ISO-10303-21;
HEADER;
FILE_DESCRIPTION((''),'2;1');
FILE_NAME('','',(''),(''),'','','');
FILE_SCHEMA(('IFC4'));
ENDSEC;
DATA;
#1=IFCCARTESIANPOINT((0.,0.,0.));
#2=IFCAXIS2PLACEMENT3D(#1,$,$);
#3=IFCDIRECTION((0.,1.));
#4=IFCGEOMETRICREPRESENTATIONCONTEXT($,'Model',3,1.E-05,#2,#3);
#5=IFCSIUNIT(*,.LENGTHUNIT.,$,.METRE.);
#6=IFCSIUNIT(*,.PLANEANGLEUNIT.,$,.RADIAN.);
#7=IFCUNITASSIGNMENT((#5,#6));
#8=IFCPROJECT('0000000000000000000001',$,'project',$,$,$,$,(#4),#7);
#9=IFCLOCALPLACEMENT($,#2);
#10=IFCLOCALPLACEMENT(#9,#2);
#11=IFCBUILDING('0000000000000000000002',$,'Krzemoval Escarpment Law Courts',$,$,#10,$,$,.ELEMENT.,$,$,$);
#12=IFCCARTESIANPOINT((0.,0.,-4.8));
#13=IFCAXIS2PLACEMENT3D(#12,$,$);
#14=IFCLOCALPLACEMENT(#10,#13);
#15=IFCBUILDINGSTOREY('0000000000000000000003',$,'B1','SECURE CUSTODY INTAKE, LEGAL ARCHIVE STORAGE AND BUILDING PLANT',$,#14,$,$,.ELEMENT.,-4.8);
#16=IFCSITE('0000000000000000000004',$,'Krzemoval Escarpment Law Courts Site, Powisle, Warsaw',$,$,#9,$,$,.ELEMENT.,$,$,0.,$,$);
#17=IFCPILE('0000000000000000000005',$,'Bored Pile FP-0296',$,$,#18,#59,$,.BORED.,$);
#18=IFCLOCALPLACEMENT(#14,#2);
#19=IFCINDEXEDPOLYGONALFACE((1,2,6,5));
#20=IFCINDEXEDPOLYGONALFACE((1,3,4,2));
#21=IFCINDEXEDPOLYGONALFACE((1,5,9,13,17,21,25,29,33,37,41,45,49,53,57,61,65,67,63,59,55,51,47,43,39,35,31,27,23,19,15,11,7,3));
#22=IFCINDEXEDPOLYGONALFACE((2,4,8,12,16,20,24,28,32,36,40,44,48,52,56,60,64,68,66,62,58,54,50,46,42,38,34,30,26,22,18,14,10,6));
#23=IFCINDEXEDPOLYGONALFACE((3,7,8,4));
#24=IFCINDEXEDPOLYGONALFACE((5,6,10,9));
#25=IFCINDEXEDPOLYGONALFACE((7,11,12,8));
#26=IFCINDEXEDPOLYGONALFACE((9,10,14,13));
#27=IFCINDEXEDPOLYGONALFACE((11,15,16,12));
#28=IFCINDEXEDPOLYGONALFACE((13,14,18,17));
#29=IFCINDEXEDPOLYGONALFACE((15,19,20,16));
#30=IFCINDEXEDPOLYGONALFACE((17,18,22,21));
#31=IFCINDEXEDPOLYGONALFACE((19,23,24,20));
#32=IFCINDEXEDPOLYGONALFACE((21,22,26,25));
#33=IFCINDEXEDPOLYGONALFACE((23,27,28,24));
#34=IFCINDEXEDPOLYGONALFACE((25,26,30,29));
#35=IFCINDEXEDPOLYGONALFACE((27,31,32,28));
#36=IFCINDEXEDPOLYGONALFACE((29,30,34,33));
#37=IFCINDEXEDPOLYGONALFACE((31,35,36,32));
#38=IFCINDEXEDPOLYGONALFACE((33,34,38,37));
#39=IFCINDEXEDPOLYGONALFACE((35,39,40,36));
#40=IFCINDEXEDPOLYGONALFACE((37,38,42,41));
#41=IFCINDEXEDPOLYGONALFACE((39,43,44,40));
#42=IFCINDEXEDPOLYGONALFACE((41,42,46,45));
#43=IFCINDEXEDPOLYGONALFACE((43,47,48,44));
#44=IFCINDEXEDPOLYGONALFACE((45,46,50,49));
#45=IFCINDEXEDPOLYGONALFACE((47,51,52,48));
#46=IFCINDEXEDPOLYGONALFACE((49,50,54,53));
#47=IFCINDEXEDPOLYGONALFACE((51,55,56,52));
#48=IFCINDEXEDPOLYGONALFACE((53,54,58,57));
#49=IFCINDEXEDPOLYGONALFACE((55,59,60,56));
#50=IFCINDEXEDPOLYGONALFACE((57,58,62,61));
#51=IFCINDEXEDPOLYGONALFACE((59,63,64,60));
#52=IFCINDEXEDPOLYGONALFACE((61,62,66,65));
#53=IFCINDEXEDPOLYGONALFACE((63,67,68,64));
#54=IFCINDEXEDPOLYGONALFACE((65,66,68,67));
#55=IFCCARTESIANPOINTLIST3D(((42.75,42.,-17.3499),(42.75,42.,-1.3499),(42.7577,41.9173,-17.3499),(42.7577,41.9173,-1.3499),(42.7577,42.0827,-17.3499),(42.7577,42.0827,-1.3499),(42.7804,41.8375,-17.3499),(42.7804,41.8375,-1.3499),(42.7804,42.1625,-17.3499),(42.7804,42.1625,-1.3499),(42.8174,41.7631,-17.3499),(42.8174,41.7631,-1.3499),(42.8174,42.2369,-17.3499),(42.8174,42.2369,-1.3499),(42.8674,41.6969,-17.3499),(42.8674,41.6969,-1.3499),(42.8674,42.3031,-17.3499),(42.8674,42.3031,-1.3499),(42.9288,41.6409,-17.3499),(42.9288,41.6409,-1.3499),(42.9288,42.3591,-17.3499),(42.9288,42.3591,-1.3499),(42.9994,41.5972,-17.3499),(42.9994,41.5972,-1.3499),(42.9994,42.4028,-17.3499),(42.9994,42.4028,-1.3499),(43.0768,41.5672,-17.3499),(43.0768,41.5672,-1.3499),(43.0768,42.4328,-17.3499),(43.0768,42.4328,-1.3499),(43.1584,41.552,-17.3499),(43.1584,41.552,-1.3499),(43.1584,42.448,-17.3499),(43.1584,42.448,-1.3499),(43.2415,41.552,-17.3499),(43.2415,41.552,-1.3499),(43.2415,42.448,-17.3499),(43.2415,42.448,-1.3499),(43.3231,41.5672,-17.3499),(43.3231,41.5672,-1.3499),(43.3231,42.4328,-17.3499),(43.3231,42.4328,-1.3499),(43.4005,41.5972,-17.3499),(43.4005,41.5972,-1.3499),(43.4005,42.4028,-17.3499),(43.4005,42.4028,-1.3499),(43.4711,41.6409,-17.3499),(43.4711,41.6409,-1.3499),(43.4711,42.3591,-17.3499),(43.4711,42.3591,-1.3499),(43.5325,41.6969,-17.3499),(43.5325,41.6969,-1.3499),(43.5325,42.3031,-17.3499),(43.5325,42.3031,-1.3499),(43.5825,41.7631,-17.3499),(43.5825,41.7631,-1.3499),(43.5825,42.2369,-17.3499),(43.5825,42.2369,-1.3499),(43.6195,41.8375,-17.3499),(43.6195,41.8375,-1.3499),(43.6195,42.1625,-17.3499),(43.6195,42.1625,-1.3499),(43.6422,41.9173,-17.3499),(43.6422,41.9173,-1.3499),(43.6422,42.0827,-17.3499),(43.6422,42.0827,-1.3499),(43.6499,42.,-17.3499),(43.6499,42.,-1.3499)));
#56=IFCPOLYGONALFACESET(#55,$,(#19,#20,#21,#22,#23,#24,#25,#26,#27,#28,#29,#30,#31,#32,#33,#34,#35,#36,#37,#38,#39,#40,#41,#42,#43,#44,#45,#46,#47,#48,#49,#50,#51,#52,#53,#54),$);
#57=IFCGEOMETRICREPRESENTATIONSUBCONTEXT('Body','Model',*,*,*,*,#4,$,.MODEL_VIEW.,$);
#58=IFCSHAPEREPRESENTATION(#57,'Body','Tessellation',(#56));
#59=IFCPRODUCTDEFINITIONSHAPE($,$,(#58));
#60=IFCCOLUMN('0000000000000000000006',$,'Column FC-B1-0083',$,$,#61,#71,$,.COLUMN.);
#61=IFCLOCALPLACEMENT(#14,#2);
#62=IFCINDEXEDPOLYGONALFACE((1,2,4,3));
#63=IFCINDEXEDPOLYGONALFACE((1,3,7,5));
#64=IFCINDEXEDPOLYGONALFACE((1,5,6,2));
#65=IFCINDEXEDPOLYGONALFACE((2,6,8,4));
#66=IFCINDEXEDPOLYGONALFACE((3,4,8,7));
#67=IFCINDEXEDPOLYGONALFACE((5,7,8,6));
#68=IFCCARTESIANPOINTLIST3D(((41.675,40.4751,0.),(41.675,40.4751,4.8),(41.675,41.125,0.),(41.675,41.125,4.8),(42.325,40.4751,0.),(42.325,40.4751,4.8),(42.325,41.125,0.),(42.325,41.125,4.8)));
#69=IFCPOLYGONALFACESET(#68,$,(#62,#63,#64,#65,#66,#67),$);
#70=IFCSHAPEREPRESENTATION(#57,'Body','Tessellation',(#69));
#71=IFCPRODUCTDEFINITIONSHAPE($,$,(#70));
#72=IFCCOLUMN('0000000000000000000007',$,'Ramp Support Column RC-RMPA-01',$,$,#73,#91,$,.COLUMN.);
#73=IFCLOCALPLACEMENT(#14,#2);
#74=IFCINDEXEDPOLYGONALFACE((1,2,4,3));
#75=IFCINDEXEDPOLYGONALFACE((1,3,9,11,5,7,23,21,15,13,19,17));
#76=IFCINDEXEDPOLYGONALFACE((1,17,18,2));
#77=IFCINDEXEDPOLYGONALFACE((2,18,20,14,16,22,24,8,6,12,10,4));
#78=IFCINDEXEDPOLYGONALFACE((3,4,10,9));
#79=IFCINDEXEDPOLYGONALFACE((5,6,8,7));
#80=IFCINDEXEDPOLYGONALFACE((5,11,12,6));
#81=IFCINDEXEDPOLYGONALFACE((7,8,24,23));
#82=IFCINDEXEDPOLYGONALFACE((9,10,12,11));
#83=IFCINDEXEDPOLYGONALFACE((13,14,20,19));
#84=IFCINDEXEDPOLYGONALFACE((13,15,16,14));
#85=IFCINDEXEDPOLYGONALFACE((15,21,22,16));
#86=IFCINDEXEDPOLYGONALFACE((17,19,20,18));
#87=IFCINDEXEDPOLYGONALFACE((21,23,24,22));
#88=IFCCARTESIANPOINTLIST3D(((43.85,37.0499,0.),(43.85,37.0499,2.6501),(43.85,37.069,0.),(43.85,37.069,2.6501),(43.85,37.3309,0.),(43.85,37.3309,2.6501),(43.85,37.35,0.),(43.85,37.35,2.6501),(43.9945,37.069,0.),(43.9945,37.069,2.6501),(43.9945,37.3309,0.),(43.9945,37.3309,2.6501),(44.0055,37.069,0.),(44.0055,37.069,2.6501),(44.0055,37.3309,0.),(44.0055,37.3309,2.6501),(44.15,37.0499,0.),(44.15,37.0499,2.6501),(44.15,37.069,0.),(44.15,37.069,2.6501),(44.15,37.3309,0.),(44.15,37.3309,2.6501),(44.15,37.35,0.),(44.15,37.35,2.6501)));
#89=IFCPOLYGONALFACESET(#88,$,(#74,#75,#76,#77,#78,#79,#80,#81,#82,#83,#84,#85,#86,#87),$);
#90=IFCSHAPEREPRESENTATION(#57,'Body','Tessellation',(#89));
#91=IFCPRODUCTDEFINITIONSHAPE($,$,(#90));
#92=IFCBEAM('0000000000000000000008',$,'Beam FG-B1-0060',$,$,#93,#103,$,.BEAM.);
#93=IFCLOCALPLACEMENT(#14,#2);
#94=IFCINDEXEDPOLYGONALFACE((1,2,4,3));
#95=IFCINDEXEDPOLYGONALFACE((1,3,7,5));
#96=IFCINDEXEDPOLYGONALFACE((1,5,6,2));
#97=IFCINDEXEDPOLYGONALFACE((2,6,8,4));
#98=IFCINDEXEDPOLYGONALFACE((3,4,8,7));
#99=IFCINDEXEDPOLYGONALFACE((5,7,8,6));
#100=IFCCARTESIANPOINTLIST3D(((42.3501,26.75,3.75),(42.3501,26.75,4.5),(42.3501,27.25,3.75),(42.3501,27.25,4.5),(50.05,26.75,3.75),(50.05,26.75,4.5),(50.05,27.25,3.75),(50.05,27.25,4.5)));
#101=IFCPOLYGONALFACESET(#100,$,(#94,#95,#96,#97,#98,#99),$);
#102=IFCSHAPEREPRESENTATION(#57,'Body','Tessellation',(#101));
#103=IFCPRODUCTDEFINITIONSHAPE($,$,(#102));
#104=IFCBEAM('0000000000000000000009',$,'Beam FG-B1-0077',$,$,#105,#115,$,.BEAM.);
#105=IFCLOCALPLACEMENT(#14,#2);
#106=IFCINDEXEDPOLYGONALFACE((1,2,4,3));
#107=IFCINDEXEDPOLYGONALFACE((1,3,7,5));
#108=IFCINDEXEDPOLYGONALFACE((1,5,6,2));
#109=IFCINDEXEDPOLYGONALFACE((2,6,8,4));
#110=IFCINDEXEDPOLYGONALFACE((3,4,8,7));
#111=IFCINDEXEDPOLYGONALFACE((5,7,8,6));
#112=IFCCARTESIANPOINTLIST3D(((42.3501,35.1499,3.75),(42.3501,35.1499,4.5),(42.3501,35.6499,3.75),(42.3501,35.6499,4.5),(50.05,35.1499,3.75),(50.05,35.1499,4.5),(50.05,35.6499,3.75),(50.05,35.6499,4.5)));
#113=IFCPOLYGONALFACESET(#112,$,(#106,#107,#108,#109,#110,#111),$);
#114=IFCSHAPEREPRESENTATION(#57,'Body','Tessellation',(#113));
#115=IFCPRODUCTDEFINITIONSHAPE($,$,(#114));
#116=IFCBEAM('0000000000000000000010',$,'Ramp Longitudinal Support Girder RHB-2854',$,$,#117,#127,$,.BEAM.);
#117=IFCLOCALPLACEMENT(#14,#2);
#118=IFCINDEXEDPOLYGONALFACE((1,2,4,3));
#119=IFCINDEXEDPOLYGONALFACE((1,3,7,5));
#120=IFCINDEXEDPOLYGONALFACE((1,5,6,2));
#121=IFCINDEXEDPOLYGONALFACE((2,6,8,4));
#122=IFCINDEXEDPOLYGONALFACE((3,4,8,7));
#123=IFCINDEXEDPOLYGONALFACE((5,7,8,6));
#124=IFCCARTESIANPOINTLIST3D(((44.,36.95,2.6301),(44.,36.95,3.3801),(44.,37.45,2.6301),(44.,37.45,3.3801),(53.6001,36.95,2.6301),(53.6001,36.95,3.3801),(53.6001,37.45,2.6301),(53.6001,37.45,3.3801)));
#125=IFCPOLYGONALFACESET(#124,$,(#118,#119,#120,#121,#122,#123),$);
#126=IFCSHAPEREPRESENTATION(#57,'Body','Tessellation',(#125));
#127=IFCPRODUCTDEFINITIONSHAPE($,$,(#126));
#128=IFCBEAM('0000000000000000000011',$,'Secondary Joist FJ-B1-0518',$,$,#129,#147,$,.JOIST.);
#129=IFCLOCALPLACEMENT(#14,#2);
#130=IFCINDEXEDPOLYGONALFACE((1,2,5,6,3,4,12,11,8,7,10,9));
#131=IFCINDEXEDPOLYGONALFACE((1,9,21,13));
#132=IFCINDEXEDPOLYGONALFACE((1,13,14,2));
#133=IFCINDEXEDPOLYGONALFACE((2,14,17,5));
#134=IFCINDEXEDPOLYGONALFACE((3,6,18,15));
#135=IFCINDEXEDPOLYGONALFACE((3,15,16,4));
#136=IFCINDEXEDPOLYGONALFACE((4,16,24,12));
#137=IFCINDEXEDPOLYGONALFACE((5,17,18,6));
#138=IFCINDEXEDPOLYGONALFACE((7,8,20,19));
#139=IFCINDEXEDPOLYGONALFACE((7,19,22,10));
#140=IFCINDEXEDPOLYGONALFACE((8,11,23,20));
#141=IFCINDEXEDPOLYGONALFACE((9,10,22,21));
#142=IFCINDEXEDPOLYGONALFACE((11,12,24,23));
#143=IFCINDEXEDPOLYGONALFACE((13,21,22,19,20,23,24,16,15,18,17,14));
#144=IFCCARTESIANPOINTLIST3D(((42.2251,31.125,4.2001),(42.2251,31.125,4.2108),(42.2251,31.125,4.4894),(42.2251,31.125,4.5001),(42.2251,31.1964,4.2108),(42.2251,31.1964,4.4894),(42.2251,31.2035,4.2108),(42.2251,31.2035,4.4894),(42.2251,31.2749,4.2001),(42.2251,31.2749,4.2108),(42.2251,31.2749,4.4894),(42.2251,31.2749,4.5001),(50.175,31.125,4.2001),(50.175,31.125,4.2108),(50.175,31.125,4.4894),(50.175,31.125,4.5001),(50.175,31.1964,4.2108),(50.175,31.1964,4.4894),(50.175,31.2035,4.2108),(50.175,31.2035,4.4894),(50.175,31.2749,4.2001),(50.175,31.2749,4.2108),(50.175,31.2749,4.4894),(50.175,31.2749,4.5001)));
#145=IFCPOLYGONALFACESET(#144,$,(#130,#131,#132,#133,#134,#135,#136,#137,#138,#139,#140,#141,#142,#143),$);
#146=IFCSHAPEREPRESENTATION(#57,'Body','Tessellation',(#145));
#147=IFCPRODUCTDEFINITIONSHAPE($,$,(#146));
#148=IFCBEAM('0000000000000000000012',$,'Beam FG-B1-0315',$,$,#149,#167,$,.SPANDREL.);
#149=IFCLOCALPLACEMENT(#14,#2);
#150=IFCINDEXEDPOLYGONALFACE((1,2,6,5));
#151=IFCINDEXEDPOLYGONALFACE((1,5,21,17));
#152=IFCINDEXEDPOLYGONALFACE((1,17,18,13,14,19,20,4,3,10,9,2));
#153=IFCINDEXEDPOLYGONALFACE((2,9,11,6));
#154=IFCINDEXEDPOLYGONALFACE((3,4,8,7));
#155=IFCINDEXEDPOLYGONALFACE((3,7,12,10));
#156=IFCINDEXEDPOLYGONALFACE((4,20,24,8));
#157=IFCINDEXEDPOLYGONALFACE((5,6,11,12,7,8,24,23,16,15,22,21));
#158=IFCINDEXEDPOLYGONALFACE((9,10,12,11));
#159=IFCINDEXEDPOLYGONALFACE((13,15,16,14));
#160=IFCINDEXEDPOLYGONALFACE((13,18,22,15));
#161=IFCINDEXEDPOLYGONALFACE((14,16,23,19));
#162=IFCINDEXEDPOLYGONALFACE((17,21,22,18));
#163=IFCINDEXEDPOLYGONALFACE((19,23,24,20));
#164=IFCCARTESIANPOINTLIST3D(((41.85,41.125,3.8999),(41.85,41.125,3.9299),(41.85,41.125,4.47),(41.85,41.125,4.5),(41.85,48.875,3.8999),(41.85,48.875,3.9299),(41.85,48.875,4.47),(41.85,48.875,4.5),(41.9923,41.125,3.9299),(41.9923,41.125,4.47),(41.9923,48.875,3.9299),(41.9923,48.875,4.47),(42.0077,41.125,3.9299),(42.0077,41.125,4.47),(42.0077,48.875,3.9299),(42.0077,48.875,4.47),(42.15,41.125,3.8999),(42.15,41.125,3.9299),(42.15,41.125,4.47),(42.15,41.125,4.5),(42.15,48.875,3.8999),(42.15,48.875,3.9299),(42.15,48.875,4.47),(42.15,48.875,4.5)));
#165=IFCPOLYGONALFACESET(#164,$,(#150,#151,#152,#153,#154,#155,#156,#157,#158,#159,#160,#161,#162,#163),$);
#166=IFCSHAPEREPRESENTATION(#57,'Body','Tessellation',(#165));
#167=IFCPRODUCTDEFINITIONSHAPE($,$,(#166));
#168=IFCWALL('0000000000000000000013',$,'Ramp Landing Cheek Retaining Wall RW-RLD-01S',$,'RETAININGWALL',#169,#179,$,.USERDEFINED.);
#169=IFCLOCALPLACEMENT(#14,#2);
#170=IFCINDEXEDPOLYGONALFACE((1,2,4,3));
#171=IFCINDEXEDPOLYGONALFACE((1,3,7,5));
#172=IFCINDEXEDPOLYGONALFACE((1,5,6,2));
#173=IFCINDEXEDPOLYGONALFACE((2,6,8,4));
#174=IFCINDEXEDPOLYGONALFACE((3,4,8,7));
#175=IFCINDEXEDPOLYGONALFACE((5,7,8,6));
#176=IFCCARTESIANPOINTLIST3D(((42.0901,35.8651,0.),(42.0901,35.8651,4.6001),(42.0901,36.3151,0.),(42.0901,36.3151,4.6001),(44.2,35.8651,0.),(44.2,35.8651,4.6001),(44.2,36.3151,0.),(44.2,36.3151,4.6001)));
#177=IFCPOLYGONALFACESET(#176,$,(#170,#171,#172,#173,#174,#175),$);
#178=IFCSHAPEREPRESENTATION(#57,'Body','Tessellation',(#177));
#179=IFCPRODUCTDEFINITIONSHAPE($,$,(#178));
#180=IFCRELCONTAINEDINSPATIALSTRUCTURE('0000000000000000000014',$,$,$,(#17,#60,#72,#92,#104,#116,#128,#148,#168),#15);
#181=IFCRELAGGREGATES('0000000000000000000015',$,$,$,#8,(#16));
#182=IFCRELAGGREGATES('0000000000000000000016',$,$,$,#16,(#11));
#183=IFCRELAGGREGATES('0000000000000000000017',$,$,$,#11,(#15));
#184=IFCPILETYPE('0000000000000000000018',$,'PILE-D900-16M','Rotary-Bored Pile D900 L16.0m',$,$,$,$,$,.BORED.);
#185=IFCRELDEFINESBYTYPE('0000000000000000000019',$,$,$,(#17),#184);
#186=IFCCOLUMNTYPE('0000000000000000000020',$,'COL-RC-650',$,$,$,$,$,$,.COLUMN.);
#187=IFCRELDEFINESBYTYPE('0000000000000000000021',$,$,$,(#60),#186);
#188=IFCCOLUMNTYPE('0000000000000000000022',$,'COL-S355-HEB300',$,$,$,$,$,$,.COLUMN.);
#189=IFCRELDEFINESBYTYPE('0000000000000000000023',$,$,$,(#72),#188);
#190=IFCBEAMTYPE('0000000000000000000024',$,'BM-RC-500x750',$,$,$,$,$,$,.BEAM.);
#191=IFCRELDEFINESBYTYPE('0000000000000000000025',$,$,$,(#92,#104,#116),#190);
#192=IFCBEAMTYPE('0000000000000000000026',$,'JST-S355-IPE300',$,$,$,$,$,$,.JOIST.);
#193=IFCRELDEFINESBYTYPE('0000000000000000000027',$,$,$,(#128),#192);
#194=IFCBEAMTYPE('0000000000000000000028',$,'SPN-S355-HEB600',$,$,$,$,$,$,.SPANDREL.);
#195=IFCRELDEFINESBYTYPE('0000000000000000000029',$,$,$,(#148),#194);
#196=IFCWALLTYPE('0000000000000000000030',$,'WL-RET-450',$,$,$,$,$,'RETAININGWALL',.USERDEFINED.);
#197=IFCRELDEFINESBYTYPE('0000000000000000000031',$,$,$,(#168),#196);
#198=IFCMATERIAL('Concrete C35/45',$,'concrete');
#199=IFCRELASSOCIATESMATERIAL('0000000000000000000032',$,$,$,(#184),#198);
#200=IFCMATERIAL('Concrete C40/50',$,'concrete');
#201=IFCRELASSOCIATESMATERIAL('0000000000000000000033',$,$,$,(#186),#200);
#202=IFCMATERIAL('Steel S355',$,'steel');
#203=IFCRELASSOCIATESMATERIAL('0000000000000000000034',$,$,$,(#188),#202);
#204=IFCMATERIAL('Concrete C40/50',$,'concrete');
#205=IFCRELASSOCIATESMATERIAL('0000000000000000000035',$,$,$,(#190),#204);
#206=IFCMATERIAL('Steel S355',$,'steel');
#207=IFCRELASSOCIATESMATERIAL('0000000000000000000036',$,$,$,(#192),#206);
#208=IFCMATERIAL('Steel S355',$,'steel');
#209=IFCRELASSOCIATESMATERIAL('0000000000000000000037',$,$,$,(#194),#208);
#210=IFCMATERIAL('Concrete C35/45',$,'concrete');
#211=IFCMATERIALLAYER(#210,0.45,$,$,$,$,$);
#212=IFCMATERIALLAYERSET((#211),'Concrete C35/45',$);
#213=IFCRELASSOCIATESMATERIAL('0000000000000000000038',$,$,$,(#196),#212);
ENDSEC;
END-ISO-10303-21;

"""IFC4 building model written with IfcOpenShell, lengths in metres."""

from ifc_helpers import new_model, si_unit, direction, frame, frame_2d, origin, origin_2d, place, context, subcontext, project, spatial, rectangle, circle, i_section, extrude, material, layer, layer_set, material_profile, profile_set, type_object, element, save


model = new_model("IFC4")

# Units and contexts
model_context = context("Model", 3, precision=1e-05, world=origin(), true_north=direction((0.0, 1.0)))
body_context = subcontext(model_context, "Body", "Model", "MODEL_VIEW")
ifc_project = project(units=[si_unit("LENGTHUNIT", "METRE"), si_unit("PLANEANGLEUNIT", "RADIAN")], contexts=[model_context])

# Site, building, storey
site_placement = place(None, origin())
site = spatial("IfcSite", under=ifc_project, at=site_placement, Name="Krzemoval Escarpment Law Courts Site, Powisle, Warsaw", CompositionType="ELEMENT", RefElevation=0.0)
building_placement = place(site_placement, origin())
building = spatial("IfcBuilding", under=site, at=building_placement, Name="Krzemoval Escarpment Law Courts", CompositionType="ELEMENT")
storey_placement = place(building_placement, frame((0.0, 0.0, -4.8)))
storey = spatial("IfcBuildingStorey", under=building, at=storey_placement, Name="B1", Description="SECURE CUSTODY INTAKE, LEGAL ARCHIVE STORAGE AND BUILDING PLANT", CompositionType="ELEMENT", Elevation=-4.8)

# Pile
ifc_material_1 = material(Name="Concrete C35/45", Category="concrete")
ifc_material_profile_1 = material_profile(ifc_material_1, circle(Radius=0.45, at=origin_2d()), Name="PILE D900")
ifc_profile_set_1 = profile_set([ifc_material_profile_1], Name="Concrete C35/45")
pile_type_1 = type_object("IfcPileType", Name="PILE-D900-16M", Description="Rotary-Bored Pile D900 L16.0m", PredefinedType="BORED", material=ifc_profile_set_1)
for number, where, z_axis, x_axis, name in (
    (1, (43.2, 42.0, -1.3499), (0.0, 0.0, -1.0), (1.0, 0.0, 0.0), "Bored Pile FP-0296"),
):
    element("IfcPile", number, at=place(storey_placement, frame(where, z_axis=z_axis, x_axis=x_axis)), inside=storey, type_object=pile_type_1, Name=name, PredefinedType="BORED", context=body_context, shape_type="SweptSolid", body=[
        extrude(circle(Radius=0.45, at=origin_2d()), origin(), (0.0, 0.0, 1.0), 16.0),
    ])

# Columns
ifc_material_2 = material(Name="Concrete C40/50", Category="concrete")
ifc_material_profile_2 = material_profile(ifc_material_2, rectangle(XDim=0.6499, YDim=0.6499, at=origin_2d()), Name="RC 650x650")
ifc_profile_set_2 = profile_set([ifc_material_profile_2], Name="Concrete C40/50")
column_type_1 = type_object("IfcColumnType", Name="COL-RC-650", PredefinedType="COLUMN", material=ifc_profile_set_2)
column_1_placement = place(storey_placement, frame((42.0, 40.8, 0.0), z_axis=(0.0, 0.0, 1.0), x_axis=(1.0, 0.0, 0.0)))
element("IfcColumn", 2, at=column_1_placement, inside=storey, type_object=column_type_1, Name="Column FC-B1-0083", PredefinedType="COLUMN", context=body_context, shape_type="SweptSolid", body=[
    extrude(rectangle(XDim=0.6499, YDim=0.6499, at=origin_2d()), origin(), (0.0, 0.0, 1.0), 4.8),
])
ifc_material_3 = material(Name="Steel S355", Category="steel")
ifc_material_profile_3 = material_profile(ifc_material_3, i_section(OverallWidth=0.3, OverallDepth=0.3, WebThickness=0.011, FlangeThickness=0.019, at=origin_2d()), Name="HEB 300")
ifc_profile_set_3 = profile_set([ifc_material_profile_3], Name="Steel S355")
column_type_2 = type_object("IfcColumnType", Name="COL-S355-HEB300", PredefinedType="COLUMN", material=ifc_profile_set_3)
column_2_placement = place(storey_placement, frame((44.0, 37.2, 0.0), z_axis=(0.0, 0.0, 1.0), x_axis=(1.0, 0.0, 0.0)))
element("IfcColumn", 3, at=column_2_placement, inside=storey, type_object=column_type_2, Name="Ramp Support Column RC-RMPA-01", PredefinedType="COLUMN", context=body_context, shape_type="SweptSolid", body=[
    extrude(i_section(OverallWidth=0.3, OverallDepth=0.3, WebThickness=0.011, FlangeThickness=0.019, at=origin_2d()), origin(), (0.0, 0.0, 1.0), 2.6501),
])

# Beams
ifc_material_4 = material(Name="Concrete C40/50", Category="concrete")
ifc_material_profile_4 = material_profile(ifc_material_4, rectangle(XDim=0.5, YDim=0.75, at=origin_2d()), Name="RCB 500x750")
ifc_profile_set_4 = profile_set([ifc_material_profile_4], Name="Concrete C40/50")
beam_type_1 = type_object("IfcBeamType", Name="BM-RC-500x750", PredefinedType="BEAM", material=ifc_profile_set_4)
for number, where, z_axis, x_axis, name in (
    (4, (42.3501, 27.0, 4.125), (1.0, 0.0, 0.0), (0.0, 1.0, 0.0), "Beam FG-B1-0060"),
    (5, (42.3501, 35.3999, 4.125), (1.0, 0.0, 0.0), (0.0, 1.0, 0.0), "Beam FG-B1-0077"),
):
    element("IfcBeam", number, at=place(storey_placement, frame(where, z_axis=z_axis, x_axis=x_axis)), inside=storey, type_object=beam_type_1, Name=name, PredefinedType="BEAM", context=body_context, shape_type="SweptSolid", body=[
        extrude(rectangle(XDim=0.5, YDim=0.75, at=origin_2d()), origin(), (0.0, 0.0, 1.0), 7.7),
    ])
beam_1_placement = place(storey_placement, frame((44.0, 37.2, 3.0051), z_axis=(1.0, 0.0, 0.0), x_axis=(0.0, 1.0, 0.0)))
element("IfcBeam", 6, at=beam_1_placement, inside=storey, type_object=beam_type_1, Name="Ramp Longitudinal Support Girder RHB-2854", PredefinedType="BEAM", context=body_context, shape_type="SweptSolid", body=[
    extrude(rectangle(XDim=0.5, YDim=0.75, at=origin_2d()), origin(), (0.0, 0.0, 1.0), 9.6001),
])
ifc_material_5 = material(Name="Steel S355", Category="steel")
ifc_material_profile_5 = material_profile(ifc_material_5, i_section(OverallWidth=0.1499, OverallDepth=0.3, WebThickness=0.0071, FlangeThickness=0.0107, at=origin_2d()), Name="IPE 300")
ifc_profile_set_5 = profile_set([ifc_material_profile_5], Name="Steel S355")
beam_type_2 = type_object("IfcBeamType", Name="JST-S355-IPE300", PredefinedType="JOIST", material=ifc_profile_set_5)
beam_2_placement = place(storey_placement, frame((42.2251, 31.2, 4.3501), z_axis=(1.0, 0.0, 0.0), x_axis=(0.0, 1.0, 0.0)))
element("IfcBeam", 7, at=beam_2_placement, inside=storey, type_object=beam_type_2, Name="Secondary Joist FJ-B1-0518", PredefinedType="JOIST", context=body_context, shape_type="SweptSolid", body=[
    extrude(i_section(OverallWidth=0.1499, OverallDepth=0.3, WebThickness=0.0071, FlangeThickness=0.0107, at=origin_2d()), origin(), (0.0, 0.0, 1.0), 7.95),
])
ifc_material_6 = material(Name="Steel S355", Category="steel")
ifc_material_profile_6 = material_profile(ifc_material_6, i_section(OverallWidth=0.3, OverallDepth=0.6001, WebThickness=0.0154, FlangeThickness=0.03, at=origin_2d()), Name="HEB 600")
ifc_profile_set_6 = profile_set([ifc_material_profile_6], Name="Steel S355")
beam_type_3 = type_object("IfcBeamType", Name="SPN-S355-HEB600", PredefinedType="SPANDREL", material=ifc_profile_set_6)
beam_3_placement = place(storey_placement, frame((42.0, 41.125, 4.2), z_axis=(0.0, 1.0, 0.0), x_axis=(-1.0, 0.0, 0.0)))
element("IfcBeam", 8, at=beam_3_placement, inside=storey, type_object=beam_type_3, Name="Beam FG-B1-0315", PredefinedType="SPANDREL", context=body_context, shape_type="SweptSolid", body=[
    extrude(i_section(OverallWidth=0.3, OverallDepth=0.6001, WebThickness=0.0154, FlangeThickness=0.03, at=origin_2d()), origin(), (0.0, 0.0, 1.0), 7.75),
])

# Wall
ifc_material_7 = material(Name="Concrete C35/45", Category="concrete")
ifc_layer = layer(ifc_material_7, 0.45)
ifc_layer_set = layer_set([ifc_layer], Name="Concrete C35/45")
wall_type = type_object("IfcWallType", Name="WL-RET-450", ElementType="RETAININGWALL", PredefinedType="USERDEFINED", material=ifc_layer_set)
for number, where, z_axis, x_axis, name in (
    (9, (42.0901, 36.0901, 0.0), (0.0, 0.0, 1.0), (1.0, 0.0, 0.0), "Ramp Landing Cheek Retaining Wall RW-RLD-01S"),
):
    element("IfcWall", number, at=place(storey_placement, frame(where, z_axis=z_axis, x_axis=x_axis)), inside=storey, type_object=wall_type, Name=name, ObjectType="RETAININGWALL", PredefinedType="USERDEFINED", context=body_context, shape_type="SweptSolid", body=[
        extrude(rectangle(XDim=2.1099, YDim=0.45, at=frame_2d((1.0549, 0.0))), origin(), (0.0, 0.0, 1.0), 4.6001),
    ])

save(model, "model.ifc")
